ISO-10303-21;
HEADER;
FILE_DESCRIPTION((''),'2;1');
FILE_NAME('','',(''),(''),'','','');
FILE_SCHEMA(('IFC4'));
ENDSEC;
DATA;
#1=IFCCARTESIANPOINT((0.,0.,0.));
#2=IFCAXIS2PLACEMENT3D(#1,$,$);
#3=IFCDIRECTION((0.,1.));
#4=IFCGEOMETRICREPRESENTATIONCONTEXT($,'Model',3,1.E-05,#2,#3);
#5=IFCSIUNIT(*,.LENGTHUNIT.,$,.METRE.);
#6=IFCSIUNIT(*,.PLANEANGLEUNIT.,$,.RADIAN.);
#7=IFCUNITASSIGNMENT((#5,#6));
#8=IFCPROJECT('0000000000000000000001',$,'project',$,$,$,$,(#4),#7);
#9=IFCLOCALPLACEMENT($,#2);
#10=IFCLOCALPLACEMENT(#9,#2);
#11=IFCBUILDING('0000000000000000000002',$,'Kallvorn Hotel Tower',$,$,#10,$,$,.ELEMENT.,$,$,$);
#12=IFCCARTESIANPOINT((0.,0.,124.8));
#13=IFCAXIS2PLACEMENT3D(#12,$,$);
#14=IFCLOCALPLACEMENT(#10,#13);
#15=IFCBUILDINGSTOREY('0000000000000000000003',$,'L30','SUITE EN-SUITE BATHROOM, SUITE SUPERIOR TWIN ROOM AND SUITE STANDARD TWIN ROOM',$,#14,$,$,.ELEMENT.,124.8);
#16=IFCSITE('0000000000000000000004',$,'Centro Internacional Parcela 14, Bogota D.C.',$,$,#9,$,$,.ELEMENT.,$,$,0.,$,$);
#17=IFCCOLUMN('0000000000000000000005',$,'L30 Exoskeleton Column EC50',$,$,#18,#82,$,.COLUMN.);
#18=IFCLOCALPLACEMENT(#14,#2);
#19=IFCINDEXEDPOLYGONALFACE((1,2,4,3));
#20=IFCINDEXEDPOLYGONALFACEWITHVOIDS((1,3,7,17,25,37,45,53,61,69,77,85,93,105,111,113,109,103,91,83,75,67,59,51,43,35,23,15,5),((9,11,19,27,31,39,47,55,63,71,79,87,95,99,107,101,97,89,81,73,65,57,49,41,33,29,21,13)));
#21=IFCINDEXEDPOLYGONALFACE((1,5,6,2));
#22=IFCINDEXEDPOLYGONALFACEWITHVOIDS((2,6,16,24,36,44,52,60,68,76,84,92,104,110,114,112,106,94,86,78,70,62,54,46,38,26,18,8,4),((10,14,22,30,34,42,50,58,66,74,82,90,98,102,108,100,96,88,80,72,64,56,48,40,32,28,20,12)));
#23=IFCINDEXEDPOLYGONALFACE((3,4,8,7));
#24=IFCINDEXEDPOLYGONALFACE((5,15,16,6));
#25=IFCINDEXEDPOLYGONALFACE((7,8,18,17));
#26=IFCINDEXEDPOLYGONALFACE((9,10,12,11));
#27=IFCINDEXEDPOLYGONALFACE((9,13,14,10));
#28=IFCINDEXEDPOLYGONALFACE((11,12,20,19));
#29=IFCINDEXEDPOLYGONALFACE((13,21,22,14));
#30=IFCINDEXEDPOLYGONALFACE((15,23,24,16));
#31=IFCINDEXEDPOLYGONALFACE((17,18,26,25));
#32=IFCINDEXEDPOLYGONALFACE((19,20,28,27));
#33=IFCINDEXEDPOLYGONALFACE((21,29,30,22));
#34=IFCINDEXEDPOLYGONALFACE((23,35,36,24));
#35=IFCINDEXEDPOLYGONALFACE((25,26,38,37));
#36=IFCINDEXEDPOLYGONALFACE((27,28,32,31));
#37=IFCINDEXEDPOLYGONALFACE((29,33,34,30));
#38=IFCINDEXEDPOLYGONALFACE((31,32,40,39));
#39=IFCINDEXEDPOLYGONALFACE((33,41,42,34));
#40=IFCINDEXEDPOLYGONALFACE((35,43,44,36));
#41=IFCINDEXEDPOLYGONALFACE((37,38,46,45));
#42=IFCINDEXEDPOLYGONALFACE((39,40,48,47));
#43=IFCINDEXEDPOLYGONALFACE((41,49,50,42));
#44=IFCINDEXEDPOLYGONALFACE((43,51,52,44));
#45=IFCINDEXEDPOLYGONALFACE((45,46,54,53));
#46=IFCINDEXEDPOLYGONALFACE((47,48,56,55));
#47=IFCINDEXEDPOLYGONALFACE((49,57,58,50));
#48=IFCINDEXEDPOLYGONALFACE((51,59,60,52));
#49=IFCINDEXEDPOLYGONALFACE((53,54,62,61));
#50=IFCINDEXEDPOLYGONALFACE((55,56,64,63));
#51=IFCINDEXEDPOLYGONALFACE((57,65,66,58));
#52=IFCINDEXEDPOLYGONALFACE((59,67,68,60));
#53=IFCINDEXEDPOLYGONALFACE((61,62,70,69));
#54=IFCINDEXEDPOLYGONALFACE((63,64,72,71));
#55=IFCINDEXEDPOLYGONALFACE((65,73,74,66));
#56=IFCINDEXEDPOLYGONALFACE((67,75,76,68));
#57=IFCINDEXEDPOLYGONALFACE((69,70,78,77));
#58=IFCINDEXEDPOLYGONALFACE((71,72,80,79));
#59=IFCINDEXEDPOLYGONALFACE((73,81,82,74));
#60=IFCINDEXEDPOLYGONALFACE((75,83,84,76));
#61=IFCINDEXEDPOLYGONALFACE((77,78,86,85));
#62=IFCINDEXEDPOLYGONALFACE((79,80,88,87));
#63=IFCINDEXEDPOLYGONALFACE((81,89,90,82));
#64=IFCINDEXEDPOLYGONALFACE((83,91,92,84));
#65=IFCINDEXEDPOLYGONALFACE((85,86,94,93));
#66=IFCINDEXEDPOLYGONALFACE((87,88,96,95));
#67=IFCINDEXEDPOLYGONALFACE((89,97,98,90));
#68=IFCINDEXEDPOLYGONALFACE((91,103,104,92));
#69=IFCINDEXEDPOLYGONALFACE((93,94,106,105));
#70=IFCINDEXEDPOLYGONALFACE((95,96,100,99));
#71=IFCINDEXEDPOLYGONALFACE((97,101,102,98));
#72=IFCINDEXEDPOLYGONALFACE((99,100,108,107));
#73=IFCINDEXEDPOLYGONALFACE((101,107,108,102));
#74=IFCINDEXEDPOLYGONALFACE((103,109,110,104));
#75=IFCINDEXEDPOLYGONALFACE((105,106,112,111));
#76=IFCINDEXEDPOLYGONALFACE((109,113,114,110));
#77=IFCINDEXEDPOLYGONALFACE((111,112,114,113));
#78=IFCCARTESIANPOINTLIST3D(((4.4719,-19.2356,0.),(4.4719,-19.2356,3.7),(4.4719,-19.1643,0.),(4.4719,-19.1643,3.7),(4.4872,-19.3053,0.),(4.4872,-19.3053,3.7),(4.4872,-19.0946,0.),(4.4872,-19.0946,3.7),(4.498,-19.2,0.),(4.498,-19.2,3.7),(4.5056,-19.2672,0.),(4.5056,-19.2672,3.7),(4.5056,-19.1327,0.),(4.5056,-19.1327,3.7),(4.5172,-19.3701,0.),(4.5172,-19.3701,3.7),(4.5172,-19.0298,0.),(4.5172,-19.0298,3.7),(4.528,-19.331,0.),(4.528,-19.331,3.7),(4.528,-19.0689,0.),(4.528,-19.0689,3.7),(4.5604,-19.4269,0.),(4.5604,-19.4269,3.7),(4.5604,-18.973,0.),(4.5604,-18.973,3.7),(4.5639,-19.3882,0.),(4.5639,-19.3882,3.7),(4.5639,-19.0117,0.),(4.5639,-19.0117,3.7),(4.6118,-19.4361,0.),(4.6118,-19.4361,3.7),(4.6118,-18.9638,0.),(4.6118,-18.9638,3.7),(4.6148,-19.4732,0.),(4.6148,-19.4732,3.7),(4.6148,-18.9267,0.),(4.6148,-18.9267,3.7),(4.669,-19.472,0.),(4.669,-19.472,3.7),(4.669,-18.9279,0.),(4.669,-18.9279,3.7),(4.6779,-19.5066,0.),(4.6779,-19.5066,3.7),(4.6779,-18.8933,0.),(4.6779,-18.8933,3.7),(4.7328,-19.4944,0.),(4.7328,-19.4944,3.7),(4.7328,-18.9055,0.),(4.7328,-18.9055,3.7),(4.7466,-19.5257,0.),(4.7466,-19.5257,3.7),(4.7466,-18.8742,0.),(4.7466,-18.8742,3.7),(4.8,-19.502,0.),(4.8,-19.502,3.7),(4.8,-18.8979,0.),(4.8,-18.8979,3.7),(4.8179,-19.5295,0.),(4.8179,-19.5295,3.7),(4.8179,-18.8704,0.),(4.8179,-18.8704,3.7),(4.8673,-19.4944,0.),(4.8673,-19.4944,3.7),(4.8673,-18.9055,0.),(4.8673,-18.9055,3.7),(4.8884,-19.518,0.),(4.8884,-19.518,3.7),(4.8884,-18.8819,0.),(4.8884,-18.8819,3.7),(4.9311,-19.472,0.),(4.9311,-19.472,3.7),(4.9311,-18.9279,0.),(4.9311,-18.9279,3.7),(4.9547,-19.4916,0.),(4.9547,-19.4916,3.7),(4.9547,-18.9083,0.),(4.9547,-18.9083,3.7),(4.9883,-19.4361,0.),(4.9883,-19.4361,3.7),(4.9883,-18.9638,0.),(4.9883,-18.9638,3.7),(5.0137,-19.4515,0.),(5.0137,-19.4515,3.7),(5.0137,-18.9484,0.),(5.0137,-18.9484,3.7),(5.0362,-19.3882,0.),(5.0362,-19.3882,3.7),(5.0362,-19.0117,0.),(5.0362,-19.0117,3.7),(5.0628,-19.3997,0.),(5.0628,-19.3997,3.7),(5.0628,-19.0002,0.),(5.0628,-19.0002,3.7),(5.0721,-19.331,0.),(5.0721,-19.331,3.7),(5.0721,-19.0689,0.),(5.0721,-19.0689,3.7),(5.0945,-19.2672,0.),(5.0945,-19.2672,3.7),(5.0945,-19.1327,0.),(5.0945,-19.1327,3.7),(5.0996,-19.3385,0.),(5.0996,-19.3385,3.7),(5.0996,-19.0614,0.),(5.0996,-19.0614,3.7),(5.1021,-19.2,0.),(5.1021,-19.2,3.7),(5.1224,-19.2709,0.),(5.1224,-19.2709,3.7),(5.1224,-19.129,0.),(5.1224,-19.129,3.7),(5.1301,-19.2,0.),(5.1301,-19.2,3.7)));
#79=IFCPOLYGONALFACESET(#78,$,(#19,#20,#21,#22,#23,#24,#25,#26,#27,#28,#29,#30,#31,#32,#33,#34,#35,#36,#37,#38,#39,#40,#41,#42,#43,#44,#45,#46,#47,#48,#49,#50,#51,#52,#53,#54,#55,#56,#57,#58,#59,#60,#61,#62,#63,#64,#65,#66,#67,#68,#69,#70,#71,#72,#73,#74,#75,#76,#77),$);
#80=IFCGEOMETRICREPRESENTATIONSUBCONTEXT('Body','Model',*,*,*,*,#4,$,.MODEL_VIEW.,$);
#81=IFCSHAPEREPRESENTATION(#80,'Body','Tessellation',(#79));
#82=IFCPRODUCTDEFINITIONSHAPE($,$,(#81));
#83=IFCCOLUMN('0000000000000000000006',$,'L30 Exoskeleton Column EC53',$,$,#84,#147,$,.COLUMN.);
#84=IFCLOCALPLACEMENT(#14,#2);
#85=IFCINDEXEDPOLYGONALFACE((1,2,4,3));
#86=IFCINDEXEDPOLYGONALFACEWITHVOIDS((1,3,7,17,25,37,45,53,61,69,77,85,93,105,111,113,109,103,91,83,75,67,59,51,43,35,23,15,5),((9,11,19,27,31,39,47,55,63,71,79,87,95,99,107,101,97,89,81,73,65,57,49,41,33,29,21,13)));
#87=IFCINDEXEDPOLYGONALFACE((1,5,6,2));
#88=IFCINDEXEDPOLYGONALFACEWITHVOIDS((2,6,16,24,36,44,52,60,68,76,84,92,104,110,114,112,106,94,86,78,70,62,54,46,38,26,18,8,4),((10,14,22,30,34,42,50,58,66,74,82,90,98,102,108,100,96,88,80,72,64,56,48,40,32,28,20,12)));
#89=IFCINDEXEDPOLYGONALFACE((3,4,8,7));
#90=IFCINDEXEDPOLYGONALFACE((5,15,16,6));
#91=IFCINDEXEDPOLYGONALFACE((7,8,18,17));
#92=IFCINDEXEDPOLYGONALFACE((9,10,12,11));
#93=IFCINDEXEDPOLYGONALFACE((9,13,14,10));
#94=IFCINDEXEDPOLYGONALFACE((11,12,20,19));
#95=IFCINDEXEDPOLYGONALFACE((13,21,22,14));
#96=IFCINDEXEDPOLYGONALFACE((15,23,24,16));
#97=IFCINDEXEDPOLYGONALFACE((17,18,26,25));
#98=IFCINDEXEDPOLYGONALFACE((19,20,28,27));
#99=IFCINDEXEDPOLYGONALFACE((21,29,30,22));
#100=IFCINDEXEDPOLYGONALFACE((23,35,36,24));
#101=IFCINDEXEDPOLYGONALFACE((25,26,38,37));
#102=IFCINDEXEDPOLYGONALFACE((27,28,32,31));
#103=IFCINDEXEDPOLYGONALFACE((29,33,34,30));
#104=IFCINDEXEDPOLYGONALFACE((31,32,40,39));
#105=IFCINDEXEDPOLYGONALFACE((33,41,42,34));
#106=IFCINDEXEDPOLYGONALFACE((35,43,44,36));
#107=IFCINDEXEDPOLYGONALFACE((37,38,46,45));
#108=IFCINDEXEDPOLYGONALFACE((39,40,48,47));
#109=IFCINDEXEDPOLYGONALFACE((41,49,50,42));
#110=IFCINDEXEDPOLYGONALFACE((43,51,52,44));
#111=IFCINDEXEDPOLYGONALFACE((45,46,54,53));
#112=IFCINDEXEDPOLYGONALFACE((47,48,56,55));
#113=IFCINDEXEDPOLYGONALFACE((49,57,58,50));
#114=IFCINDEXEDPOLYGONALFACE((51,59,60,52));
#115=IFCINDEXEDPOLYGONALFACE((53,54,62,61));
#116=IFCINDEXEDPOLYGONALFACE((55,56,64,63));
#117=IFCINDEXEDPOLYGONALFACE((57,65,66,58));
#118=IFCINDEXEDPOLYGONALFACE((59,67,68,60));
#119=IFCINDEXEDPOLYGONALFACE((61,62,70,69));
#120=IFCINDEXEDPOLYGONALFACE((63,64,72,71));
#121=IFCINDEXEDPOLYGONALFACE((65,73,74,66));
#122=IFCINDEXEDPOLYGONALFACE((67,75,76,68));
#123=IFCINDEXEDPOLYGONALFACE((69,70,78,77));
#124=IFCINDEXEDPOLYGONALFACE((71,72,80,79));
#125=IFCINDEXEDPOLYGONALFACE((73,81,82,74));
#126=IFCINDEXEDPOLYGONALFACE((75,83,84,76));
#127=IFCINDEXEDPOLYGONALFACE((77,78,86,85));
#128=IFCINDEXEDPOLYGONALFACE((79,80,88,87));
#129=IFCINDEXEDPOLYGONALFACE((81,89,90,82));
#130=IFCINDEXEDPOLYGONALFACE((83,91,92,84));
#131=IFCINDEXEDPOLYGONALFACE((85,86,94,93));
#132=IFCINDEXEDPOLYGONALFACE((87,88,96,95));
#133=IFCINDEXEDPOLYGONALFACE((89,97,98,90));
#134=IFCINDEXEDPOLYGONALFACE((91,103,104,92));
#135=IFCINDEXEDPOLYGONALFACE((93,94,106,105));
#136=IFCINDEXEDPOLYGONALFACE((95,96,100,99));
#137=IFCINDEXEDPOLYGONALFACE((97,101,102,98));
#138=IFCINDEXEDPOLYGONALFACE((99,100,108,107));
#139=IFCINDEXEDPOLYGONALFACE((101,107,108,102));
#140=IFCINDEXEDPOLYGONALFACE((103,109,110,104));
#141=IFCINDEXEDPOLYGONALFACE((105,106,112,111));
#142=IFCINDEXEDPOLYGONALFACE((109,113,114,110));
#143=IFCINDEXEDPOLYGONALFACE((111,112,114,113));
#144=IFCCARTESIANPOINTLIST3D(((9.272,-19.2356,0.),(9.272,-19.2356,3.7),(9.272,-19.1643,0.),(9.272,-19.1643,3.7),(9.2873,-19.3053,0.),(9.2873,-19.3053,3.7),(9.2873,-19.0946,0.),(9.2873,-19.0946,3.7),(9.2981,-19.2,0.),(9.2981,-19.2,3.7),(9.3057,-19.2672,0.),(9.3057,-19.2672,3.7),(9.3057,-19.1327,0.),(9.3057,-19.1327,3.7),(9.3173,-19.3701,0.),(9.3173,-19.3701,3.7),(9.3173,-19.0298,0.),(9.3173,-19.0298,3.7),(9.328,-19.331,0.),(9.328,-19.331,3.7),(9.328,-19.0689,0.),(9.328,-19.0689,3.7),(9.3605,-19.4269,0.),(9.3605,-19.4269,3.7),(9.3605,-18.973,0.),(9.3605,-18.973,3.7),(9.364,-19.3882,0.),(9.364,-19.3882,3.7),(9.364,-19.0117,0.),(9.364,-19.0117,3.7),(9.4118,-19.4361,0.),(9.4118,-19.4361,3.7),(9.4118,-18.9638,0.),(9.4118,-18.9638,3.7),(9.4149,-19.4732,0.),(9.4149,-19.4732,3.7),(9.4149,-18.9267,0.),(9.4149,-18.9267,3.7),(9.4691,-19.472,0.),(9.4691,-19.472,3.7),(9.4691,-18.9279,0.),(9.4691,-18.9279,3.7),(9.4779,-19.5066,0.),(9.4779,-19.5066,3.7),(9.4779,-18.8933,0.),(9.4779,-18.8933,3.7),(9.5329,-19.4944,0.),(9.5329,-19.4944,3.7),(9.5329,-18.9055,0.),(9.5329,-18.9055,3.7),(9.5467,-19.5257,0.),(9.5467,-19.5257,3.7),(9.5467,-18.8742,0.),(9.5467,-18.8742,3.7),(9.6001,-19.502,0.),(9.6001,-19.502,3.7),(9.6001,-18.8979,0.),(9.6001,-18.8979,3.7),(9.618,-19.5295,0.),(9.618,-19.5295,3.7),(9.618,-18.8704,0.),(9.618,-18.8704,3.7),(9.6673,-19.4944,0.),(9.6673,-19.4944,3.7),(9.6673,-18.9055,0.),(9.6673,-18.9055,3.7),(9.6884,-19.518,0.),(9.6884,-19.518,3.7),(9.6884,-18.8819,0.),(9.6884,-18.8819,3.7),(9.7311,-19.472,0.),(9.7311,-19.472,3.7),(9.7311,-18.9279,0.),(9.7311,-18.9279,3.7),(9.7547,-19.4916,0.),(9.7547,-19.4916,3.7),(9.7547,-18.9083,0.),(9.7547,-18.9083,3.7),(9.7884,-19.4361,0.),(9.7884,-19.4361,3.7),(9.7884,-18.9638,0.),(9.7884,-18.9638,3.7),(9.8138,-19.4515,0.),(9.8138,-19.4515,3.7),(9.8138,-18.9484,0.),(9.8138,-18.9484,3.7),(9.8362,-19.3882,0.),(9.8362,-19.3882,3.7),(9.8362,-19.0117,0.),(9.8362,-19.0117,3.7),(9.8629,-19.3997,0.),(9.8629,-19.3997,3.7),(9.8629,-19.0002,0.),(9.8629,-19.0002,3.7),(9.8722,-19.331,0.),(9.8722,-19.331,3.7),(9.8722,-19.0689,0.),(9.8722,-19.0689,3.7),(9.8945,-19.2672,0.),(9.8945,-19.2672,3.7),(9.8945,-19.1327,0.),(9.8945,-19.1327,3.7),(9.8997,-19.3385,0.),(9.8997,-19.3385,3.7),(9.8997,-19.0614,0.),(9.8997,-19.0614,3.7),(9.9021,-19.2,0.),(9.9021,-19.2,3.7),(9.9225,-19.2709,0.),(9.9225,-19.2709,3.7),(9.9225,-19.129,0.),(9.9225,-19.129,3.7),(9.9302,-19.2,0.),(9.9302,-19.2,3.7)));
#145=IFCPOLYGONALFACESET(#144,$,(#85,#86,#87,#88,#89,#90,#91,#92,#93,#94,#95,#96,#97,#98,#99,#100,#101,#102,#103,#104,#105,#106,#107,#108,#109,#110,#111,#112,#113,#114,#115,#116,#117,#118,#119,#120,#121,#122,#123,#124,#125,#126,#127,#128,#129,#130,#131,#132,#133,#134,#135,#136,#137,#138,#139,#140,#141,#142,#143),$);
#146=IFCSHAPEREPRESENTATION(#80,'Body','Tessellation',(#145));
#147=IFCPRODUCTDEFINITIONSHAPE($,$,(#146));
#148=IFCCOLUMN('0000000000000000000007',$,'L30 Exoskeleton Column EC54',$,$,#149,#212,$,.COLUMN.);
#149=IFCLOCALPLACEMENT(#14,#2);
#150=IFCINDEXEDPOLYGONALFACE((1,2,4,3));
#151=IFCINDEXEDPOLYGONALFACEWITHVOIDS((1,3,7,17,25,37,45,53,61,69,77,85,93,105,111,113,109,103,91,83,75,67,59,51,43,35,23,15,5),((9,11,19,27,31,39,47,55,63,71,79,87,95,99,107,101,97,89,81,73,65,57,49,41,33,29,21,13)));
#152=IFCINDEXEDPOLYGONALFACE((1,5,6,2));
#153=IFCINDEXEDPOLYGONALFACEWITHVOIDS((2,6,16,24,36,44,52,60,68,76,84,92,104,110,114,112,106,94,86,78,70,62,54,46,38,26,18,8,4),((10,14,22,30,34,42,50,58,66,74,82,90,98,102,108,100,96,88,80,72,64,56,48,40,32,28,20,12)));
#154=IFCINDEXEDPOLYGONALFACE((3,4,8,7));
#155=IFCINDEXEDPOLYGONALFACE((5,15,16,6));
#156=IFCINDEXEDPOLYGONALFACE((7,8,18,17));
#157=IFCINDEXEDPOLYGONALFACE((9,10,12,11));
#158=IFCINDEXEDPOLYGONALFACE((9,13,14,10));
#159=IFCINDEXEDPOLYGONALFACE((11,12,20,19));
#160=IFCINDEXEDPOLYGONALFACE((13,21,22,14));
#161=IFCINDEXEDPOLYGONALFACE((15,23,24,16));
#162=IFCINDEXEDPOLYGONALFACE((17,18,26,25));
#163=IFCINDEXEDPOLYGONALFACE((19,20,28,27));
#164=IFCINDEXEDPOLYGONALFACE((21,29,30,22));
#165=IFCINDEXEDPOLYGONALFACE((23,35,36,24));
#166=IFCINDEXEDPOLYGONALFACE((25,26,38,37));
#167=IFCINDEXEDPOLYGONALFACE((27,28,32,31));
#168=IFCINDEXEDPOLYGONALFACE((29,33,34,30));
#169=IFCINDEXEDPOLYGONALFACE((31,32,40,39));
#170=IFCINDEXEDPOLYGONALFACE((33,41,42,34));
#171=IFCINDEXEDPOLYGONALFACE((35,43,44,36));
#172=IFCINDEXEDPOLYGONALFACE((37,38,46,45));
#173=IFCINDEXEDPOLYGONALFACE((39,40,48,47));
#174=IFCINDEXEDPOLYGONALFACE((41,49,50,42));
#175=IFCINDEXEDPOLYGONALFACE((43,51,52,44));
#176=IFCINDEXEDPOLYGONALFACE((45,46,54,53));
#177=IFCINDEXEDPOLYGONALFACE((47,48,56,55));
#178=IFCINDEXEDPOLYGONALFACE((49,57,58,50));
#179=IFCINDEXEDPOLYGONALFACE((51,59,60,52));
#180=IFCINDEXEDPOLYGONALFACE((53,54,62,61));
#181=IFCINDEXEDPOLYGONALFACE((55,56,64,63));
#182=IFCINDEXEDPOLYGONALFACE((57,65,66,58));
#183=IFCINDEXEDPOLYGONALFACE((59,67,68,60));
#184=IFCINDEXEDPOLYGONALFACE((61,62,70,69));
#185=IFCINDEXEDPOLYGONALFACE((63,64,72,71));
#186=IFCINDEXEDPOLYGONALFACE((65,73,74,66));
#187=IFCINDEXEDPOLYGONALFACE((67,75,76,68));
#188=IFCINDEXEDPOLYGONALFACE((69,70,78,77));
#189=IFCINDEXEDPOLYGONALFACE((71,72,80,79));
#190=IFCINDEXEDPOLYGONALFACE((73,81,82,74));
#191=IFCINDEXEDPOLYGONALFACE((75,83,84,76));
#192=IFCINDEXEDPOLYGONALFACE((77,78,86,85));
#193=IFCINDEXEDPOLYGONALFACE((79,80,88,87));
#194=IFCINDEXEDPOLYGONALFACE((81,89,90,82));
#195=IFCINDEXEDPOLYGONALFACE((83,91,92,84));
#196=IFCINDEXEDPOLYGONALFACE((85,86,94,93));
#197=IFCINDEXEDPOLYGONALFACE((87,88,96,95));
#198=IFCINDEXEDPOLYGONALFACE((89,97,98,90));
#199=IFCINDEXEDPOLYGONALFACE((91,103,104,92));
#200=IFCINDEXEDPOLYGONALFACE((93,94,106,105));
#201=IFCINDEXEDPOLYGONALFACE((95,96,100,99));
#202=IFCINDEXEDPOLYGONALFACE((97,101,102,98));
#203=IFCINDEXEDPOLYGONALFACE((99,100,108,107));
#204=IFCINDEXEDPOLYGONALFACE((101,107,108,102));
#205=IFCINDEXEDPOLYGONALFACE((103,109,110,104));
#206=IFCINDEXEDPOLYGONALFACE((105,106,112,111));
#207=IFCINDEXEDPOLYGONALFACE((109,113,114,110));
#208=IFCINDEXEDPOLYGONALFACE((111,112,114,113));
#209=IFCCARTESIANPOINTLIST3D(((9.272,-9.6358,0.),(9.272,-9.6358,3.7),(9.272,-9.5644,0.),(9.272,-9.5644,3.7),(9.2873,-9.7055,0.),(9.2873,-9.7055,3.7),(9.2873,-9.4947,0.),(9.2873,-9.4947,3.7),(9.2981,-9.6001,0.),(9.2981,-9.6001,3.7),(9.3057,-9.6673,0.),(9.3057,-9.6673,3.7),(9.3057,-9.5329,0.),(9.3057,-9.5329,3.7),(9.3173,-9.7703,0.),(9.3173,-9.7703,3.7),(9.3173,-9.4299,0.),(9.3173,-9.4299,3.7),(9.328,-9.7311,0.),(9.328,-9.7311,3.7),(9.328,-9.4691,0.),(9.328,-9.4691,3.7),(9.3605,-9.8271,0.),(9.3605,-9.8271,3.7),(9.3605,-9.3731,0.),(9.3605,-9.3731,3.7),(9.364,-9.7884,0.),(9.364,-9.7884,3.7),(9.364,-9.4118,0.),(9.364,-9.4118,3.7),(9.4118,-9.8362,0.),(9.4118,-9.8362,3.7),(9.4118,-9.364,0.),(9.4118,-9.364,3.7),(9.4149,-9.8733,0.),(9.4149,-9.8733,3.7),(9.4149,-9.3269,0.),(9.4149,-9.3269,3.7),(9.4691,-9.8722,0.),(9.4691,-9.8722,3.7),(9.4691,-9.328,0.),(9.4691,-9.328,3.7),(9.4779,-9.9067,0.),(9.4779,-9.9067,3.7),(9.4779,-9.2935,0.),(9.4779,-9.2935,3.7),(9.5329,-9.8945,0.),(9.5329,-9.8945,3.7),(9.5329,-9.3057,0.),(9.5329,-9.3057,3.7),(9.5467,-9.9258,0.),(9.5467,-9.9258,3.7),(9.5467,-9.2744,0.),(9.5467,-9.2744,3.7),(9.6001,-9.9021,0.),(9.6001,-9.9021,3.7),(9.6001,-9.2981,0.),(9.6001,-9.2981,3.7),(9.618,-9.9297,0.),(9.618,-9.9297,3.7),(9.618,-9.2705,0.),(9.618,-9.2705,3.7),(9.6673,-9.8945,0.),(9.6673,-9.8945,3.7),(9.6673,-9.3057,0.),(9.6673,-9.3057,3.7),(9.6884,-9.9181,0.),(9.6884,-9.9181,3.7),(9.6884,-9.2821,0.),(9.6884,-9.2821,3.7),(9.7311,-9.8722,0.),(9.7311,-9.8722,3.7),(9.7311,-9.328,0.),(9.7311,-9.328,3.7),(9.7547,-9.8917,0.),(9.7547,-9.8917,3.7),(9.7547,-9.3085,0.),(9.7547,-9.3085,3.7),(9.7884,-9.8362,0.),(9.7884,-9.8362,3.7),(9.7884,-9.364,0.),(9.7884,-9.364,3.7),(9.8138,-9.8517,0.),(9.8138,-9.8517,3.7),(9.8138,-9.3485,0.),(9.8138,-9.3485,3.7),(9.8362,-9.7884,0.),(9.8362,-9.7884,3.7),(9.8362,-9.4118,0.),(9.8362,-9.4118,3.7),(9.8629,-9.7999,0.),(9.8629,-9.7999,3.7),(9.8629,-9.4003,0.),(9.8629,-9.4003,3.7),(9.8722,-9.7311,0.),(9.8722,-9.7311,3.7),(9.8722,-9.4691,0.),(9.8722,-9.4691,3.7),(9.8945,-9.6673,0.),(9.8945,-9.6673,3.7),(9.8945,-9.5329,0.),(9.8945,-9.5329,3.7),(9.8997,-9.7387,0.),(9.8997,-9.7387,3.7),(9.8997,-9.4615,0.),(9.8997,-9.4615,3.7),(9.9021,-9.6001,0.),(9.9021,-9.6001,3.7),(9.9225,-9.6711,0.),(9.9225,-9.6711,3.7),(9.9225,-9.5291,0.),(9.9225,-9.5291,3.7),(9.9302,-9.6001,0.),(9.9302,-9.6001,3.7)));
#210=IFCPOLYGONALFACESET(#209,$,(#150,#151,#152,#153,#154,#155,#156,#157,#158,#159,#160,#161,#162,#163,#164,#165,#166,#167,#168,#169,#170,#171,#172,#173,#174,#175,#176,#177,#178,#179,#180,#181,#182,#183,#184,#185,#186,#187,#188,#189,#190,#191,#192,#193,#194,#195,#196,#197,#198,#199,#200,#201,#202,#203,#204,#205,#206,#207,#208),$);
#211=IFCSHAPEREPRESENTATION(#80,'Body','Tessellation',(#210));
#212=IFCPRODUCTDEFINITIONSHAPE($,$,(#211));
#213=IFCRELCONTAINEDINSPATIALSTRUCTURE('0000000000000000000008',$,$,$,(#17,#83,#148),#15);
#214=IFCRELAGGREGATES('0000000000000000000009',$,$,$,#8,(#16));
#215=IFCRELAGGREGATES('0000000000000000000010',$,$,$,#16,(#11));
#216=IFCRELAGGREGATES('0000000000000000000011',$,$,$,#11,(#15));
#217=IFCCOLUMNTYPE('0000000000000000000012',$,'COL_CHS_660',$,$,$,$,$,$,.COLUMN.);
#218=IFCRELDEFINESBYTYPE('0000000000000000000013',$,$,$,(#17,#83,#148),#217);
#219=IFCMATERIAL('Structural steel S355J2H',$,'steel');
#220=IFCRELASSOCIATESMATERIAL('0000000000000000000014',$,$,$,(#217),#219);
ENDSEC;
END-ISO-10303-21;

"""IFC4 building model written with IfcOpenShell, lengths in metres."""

from ifc_helpers import new_model, si_unit, direction, frame, origin, origin_2d, place, context, subcontext, project, spatial, hollow_circle, extrude, material, material_profile, profile_set, type_object, element, save


model = new_model("IFC4")

# Units and contexts
model_context = context("Model", 3, precision=1e-05, world=origin(), true_north=direction((0.0, 1.0)))
body_context = subcontext(model_context, "Body", "Model", "MODEL_VIEW")
ifc_project = project(units=[si_unit("LENGTHUNIT", "METRE"), si_unit("PLANEANGLEUNIT", "RADIAN")], contexts=[model_context])

# Site, building, storey
site_placement = place(None, origin())
site = spatial("IfcSite", under=ifc_project, at=site_placement, Name="Centro Internacional Parcela 14, Bogota D.C.", CompositionType="ELEMENT", RefElevation=0.0)
building_placement = place(site_placement, origin())
building = spatial("IfcBuilding", under=site, at=building_placement, Name="Kallvorn Hotel Tower", CompositionType="ELEMENT")
storey_placement = place(building_placement, frame((0.0, 0.0, 124.8)))
storey = spatial("IfcBuildingStorey", under=building, at=storey_placement, Name="L30", Description="SUITE EN-SUITE BATHROOM, SUITE SUPERIOR TWIN ROOM AND SUITE STANDARD TWIN ROOM", CompositionType="ELEMENT", Elevation=124.8)

# Columns
ifc_material_1 = material(Name="Structural steel S355J2H", Category="steel")
ifc_material_profile_1 = material_profile(ifc_material_1, hollow_circle(Radius=0.3301, WallThickness=0.0281, at=origin_2d()), Name="CHS 660x28")
ifc_profile_set_1 = profile_set([ifc_material_profile_1], Name="Structural steel S355J2H")
column_type_1 = type_object("IfcColumnType", Name="COL_CHS_660", PredefinedType="COLUMN", material=ifc_profile_set_1)
for number, where, z_axis, x_axis, name in (
    (1, (4.8, -19.2, 0.0), (0.0, 0.0, 1.0), (1.0, 0.0, 0.0), "L30 Exoskeleton Column EC50"),
    (2, (9.6001, -19.2, 0.0), (0.0, 0.0, 1.0), (1.0, 0.0, 0.0), "L30 Exoskeleton Column EC53"),
    (3, (9.6001, -9.6001, 0.0), (0.0, 0.0, 1.0), (1.0, 0.0, 0.0), "L30 Exoskeleton Column EC54"),
):
    element("IfcColumn", number, at=place(storey_placement, frame(where, z_axis=z_axis, x_axis=x_axis)), inside=storey, type_object=column_type_1, Name=name, PredefinedType="COLUMN", context=body_context, shape_type="SweptSolid", body=[
        extrude(hollow_circle(Radius=0.3301, WallThickness=0.0281, at=origin_2d()), origin(), (0.0, 0.0, 1.0), 3.7),
    ])

save(model, "model.ifc")
